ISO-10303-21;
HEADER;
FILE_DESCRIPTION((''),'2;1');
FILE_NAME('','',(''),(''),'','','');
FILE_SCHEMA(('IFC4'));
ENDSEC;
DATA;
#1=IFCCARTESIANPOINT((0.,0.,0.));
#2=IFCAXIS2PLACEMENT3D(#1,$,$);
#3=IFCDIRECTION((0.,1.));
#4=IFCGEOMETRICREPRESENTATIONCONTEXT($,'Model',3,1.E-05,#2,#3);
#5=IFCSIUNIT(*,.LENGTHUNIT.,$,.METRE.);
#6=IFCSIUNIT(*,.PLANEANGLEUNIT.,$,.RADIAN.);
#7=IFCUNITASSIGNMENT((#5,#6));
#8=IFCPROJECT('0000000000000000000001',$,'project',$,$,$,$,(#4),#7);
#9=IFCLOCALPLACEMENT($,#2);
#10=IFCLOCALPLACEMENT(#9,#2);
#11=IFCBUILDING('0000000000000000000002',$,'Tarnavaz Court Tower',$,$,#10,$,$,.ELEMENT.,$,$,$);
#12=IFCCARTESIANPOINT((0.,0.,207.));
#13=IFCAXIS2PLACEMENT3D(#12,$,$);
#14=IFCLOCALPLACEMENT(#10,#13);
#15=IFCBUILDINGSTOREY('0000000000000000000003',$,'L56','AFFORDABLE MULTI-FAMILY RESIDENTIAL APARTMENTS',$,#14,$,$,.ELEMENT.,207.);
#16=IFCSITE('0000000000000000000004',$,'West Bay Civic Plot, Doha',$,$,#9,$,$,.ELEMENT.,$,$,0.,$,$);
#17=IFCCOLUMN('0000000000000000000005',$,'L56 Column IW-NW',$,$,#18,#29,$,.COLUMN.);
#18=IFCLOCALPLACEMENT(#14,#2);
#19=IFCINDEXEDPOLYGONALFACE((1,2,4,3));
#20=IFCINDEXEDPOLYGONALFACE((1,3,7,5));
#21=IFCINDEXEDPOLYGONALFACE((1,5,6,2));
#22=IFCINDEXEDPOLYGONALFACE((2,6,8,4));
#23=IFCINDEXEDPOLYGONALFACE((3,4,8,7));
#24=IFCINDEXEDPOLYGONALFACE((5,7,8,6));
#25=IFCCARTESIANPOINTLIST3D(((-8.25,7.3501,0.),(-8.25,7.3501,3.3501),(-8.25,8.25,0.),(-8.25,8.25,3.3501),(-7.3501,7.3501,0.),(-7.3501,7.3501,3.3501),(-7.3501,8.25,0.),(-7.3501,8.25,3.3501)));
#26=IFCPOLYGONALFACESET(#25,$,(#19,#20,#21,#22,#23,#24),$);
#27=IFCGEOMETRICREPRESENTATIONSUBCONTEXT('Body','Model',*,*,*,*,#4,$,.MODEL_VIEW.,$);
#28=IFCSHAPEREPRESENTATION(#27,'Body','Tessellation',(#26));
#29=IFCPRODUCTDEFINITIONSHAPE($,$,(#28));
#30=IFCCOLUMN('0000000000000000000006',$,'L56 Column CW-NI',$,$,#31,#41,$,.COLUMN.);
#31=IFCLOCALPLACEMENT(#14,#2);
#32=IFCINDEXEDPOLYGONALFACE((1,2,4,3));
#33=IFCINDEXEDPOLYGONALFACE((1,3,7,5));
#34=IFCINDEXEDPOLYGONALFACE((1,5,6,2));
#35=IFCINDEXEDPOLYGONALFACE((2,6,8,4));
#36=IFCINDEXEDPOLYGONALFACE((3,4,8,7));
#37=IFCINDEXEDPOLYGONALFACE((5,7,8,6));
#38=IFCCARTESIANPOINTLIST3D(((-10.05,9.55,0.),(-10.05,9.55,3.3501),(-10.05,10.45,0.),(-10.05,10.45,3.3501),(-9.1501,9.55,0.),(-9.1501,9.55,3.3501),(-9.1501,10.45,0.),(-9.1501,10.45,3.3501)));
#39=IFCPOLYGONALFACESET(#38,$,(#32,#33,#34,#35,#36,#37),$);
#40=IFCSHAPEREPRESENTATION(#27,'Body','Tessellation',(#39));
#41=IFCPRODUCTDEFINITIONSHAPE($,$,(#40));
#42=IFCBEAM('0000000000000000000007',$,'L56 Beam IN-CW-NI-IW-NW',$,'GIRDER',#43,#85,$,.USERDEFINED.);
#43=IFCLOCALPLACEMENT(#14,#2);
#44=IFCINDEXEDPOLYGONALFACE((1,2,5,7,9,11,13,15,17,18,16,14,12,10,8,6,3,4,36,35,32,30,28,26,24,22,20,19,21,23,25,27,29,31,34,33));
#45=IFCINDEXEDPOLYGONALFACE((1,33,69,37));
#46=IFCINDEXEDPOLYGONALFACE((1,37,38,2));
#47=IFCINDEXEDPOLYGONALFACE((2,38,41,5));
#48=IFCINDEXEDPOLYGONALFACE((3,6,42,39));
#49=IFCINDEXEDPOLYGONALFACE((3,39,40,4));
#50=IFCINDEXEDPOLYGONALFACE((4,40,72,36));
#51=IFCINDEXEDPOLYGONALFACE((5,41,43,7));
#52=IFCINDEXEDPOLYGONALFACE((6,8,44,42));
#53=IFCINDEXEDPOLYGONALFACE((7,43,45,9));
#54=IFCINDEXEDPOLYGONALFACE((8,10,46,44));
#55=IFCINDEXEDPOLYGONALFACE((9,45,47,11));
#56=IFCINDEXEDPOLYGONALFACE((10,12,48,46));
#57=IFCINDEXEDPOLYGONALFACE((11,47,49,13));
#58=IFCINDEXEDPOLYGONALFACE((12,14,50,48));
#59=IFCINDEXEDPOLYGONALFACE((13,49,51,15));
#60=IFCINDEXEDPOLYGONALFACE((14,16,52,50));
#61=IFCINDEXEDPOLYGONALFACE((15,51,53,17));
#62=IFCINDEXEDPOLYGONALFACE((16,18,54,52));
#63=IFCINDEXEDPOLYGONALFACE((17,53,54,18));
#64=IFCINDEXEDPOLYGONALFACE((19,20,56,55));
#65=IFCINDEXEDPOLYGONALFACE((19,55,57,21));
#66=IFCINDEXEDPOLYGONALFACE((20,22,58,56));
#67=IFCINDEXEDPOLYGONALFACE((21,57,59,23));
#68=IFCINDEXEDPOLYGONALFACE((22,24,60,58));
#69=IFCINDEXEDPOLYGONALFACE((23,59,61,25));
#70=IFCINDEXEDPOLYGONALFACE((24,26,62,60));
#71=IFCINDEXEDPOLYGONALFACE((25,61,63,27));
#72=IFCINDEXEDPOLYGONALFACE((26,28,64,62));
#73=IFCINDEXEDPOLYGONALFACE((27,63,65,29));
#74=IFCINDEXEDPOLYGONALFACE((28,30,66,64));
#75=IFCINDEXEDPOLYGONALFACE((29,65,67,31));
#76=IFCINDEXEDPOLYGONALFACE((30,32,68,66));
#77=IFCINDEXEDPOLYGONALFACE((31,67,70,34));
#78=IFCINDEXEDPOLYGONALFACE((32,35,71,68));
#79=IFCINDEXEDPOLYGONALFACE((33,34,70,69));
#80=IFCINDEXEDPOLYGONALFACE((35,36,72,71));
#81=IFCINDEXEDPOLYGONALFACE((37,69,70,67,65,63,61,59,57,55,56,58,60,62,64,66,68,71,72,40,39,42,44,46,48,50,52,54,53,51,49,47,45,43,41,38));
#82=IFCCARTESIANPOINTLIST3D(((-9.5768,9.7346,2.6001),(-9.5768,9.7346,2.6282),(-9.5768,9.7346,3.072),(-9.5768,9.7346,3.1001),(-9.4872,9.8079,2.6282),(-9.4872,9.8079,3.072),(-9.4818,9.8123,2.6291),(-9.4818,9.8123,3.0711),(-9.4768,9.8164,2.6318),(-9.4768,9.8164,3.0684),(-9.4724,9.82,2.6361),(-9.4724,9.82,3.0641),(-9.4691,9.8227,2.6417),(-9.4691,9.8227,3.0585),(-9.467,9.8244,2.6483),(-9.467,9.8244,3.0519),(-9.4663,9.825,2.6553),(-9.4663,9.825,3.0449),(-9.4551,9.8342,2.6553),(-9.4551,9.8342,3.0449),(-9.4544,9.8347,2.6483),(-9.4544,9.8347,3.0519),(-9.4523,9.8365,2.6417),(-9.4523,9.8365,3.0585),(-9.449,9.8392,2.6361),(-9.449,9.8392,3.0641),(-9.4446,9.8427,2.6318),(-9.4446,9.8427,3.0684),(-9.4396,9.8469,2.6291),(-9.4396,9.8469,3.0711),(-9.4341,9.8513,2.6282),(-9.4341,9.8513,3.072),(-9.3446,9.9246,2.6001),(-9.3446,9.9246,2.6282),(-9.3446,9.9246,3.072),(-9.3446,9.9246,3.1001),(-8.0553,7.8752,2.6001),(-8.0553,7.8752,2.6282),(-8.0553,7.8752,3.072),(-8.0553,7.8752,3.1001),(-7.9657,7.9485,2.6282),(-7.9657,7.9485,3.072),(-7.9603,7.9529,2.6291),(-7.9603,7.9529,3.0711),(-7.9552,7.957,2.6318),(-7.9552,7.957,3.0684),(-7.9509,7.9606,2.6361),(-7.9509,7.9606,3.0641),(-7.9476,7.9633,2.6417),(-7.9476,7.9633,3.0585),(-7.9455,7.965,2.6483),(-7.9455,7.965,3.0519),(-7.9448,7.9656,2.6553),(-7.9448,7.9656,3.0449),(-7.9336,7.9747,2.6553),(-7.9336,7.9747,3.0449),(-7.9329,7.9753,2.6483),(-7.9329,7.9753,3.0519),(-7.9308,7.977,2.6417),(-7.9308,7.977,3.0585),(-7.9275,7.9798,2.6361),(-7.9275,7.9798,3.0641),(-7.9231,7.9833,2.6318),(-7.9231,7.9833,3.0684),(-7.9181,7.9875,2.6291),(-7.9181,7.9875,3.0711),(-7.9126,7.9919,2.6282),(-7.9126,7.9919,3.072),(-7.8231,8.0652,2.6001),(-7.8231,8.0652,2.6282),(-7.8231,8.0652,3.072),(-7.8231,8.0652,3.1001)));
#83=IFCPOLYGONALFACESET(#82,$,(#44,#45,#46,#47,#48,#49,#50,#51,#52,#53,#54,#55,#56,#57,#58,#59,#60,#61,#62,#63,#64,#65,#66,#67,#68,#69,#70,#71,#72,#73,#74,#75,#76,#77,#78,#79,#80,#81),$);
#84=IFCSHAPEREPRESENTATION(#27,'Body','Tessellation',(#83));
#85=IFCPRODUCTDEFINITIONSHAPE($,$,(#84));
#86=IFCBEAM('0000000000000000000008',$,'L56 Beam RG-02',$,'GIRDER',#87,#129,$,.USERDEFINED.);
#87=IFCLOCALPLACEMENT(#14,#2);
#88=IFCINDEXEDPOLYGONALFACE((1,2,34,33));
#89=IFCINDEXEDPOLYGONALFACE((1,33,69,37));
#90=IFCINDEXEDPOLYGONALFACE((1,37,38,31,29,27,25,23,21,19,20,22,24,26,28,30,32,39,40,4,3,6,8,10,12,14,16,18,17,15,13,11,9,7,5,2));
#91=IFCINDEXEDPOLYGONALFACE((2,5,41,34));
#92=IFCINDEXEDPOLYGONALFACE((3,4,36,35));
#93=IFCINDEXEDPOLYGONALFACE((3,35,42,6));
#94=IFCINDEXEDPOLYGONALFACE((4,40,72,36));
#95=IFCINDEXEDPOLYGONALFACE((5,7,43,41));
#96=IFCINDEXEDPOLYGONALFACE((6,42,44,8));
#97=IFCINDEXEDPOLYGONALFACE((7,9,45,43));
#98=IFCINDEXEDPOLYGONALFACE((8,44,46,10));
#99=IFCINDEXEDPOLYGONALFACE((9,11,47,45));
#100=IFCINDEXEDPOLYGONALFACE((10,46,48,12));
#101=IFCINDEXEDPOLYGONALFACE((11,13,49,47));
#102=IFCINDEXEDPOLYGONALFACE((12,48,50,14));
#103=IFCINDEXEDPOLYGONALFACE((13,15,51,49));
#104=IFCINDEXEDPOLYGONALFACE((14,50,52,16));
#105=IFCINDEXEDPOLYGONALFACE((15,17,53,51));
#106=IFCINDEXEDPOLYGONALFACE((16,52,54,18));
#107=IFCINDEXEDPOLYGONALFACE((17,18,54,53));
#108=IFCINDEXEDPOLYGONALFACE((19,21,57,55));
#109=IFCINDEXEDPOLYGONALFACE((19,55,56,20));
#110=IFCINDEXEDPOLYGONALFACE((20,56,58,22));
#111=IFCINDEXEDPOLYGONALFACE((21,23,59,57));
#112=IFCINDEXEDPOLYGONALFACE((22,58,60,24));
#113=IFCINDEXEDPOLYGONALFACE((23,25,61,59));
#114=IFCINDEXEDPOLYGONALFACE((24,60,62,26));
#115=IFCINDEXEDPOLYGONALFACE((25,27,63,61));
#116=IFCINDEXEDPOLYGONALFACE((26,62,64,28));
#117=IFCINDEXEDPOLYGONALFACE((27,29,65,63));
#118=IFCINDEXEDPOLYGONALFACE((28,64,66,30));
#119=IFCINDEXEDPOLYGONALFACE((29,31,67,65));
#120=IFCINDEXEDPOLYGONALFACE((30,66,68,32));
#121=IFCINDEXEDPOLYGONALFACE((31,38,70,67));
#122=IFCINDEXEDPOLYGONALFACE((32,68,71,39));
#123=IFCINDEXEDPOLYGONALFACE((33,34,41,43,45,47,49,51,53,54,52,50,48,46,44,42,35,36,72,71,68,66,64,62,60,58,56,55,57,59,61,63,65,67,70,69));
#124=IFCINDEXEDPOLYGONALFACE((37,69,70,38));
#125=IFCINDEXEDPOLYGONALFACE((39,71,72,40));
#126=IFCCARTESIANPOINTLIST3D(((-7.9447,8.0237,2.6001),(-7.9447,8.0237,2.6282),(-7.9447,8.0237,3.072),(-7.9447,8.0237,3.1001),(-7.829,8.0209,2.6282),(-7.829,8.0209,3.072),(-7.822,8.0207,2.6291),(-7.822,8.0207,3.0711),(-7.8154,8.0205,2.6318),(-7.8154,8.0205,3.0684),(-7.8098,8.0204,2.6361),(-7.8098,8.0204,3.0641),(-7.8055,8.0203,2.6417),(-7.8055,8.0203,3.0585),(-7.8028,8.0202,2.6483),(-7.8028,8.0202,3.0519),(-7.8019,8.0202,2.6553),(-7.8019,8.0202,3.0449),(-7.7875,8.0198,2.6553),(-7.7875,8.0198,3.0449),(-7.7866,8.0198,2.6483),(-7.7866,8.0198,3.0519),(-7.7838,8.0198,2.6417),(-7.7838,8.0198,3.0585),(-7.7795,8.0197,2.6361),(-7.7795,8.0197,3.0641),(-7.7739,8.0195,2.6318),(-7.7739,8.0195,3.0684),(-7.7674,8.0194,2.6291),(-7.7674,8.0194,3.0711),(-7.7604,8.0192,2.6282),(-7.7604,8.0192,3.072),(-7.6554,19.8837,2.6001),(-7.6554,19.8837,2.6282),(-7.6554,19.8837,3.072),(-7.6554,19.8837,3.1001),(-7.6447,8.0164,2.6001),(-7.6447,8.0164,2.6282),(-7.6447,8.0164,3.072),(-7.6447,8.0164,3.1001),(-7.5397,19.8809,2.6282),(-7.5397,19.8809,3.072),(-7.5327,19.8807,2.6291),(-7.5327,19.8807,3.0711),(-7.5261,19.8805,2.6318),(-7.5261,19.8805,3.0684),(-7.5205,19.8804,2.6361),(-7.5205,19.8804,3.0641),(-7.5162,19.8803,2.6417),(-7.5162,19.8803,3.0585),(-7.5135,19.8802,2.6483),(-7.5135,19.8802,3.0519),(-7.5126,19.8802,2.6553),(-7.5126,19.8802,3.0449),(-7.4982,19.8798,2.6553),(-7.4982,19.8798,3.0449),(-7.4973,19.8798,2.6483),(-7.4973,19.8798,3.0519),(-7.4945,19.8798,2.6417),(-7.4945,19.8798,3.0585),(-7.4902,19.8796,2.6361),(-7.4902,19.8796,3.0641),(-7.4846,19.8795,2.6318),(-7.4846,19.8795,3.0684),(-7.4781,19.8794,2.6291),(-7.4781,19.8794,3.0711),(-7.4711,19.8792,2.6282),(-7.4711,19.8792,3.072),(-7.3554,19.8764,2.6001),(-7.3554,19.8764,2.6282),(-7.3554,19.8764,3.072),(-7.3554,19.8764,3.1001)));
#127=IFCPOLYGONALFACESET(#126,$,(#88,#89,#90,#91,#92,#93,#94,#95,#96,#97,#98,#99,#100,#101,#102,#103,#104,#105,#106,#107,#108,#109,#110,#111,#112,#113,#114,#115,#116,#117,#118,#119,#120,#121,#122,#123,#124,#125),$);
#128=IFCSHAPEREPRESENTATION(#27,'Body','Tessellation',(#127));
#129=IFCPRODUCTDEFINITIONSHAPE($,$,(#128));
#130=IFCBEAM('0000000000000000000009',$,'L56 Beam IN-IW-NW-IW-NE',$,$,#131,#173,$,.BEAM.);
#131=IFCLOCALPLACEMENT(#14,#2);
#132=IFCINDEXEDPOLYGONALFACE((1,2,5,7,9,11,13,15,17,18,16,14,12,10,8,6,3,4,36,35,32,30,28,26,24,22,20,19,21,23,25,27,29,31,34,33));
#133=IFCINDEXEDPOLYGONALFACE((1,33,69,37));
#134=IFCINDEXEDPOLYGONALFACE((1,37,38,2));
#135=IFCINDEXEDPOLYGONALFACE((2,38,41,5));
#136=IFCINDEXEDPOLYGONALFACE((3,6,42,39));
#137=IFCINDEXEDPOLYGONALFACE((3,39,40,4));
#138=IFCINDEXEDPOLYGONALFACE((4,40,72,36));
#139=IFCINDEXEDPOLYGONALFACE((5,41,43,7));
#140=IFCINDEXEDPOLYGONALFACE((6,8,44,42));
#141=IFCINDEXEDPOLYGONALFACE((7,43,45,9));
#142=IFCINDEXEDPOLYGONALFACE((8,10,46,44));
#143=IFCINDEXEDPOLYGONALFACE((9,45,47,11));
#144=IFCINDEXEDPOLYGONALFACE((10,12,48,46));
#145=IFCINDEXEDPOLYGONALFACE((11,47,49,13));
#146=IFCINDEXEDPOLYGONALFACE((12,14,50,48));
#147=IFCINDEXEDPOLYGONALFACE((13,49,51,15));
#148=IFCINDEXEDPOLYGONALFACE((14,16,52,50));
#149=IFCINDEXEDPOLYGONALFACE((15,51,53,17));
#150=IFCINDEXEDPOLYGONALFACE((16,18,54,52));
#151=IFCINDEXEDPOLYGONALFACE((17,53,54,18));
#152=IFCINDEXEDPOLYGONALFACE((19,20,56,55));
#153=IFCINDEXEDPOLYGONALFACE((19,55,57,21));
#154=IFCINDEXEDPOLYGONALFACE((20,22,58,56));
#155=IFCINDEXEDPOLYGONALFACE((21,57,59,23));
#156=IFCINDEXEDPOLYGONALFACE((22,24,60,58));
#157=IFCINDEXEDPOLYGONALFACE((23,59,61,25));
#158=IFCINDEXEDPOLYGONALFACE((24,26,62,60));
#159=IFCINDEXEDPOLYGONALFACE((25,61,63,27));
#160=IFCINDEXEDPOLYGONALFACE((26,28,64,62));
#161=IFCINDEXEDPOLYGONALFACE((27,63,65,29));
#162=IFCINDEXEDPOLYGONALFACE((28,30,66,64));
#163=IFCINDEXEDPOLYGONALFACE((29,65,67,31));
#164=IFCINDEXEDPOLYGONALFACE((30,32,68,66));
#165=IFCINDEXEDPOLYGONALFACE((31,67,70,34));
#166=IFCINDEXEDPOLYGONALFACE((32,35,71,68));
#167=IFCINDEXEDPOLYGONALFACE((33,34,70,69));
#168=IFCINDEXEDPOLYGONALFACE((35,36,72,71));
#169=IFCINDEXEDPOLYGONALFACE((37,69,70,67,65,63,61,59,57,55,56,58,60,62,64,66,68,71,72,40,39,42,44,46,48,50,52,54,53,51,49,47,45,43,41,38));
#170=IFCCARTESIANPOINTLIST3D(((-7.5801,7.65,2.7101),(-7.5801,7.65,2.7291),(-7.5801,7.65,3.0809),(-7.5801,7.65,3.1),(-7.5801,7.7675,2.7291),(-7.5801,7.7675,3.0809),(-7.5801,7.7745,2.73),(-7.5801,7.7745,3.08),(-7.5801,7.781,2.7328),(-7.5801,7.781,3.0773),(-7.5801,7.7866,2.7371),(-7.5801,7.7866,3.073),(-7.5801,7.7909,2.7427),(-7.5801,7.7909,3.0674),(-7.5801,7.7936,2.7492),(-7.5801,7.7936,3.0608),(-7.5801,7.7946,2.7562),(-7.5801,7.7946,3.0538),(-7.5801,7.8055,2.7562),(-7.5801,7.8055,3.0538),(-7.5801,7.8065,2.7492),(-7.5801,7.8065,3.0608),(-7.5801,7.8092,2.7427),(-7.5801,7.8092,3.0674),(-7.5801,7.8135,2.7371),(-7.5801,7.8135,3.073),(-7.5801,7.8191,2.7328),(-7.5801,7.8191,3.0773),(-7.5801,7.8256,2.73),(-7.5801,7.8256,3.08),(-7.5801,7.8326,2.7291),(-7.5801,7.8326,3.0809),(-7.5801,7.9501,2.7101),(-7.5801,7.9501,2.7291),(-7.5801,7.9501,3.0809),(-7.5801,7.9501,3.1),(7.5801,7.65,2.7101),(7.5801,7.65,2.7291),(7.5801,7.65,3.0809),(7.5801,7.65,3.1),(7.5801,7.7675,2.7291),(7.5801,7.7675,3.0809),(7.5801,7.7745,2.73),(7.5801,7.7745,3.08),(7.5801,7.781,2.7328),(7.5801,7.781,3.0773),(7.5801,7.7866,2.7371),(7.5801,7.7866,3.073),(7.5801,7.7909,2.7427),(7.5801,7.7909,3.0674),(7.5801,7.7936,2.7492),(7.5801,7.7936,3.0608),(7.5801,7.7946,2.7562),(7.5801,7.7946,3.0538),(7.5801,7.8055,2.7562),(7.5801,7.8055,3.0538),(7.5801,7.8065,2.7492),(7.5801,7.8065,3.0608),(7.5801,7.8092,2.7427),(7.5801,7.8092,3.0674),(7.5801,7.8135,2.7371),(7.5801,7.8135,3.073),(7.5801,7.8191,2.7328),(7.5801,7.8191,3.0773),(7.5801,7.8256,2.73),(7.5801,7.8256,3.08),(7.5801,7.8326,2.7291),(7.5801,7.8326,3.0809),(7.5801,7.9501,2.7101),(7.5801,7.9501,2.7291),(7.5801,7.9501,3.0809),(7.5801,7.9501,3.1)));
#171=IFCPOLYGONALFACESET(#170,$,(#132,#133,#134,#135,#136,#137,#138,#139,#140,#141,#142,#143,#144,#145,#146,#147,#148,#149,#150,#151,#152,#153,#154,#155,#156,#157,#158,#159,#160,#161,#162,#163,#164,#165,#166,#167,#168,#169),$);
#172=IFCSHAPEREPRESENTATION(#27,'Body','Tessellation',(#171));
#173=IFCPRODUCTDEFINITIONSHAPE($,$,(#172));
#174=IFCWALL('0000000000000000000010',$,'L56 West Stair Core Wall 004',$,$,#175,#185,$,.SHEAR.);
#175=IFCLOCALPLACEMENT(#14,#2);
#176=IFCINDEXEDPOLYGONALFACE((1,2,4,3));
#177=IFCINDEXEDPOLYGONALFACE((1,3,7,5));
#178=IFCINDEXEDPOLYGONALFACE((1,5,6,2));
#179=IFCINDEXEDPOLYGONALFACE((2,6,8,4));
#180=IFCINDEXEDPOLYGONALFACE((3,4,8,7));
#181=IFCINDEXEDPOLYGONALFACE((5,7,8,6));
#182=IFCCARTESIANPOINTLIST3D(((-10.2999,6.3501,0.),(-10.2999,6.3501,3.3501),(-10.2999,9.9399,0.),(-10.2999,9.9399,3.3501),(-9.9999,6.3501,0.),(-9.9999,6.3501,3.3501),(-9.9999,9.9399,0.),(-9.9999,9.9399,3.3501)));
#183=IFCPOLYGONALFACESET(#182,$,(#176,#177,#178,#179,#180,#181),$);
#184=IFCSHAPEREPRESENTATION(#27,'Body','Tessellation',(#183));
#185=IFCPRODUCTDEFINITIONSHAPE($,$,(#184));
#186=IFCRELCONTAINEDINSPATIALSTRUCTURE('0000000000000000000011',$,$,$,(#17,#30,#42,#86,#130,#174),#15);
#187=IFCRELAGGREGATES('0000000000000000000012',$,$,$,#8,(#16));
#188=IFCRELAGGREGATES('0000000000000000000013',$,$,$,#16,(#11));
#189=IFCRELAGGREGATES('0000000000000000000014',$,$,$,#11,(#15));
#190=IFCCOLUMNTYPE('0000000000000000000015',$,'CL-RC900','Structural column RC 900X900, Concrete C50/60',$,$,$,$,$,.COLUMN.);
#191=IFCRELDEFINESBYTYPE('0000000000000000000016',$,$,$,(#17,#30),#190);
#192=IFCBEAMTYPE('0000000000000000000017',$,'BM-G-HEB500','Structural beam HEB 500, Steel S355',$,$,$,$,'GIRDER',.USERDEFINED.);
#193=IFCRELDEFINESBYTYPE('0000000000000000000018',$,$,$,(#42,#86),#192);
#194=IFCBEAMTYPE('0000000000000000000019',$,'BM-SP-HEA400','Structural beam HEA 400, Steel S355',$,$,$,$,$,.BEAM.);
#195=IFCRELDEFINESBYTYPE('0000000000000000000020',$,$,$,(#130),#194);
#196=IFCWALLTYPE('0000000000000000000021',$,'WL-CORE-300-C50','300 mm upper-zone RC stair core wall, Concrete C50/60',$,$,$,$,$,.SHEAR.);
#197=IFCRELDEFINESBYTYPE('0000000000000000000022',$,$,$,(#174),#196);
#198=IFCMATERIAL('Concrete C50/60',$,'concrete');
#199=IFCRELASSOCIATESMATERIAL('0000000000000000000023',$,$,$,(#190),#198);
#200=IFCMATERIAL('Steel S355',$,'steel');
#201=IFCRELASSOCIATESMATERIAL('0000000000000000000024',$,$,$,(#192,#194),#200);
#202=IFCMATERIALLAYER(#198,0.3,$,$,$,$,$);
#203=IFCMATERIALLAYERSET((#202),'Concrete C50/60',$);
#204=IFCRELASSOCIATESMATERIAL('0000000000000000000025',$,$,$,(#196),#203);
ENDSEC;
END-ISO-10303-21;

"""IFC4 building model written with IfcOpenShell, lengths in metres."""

from ifc_helpers import new_model, si_unit, direction, frame, frame_2d, origin, origin_2d, place, context, subcontext, project, spatial, rectangle, i_section, extrude, material, layer, layer_set, material_profile, profile_set, type_object, element, save


model = new_model("IFC4")

# Units and contexts
model_context = context("Model", 3, precision=1e-05, world=origin(), true_north=direction((0.0, 1.0)))
body_context = subcontext(model_context, "Body", "Model", "MODEL_VIEW")
ifc_project = project(units=[si_unit("LENGTHUNIT", "METRE"), si_unit("PLANEANGLEUNIT", "RADIAN")], contexts=[model_context])

# Site, building, storey
site_placement = place(None, origin())
site = spatial("IfcSite", under=ifc_project, at=site_placement, Name="West Bay Civic Plot, Doha", CompositionType="ELEMENT", RefElevation=0.0)
building_placement = place(site_placement, origin())
building = spatial("IfcBuilding", under=site, at=building_placement, Name="Tarnavaz Court Tower", CompositionType="ELEMENT")
storey_placement = place(building_placement, frame((0.0, 0.0, 207.0)))
storey = spatial("IfcBuildingStorey", under=building, at=storey_placement, Name="L56", Description="AFFORDABLE MULTI-FAMILY RESIDENTIAL APARTMENTS", CompositionType="ELEMENT", Elevation=207.0)

# Columns
ifc_material_1 = material(Name="Concrete C50/60", Category="concrete")
ifc_material_profile_1 = material_profile(ifc_material_1, rectangle(XDim=0.8999, YDim=0.8999, at=origin_2d()), Name="RC 900X900")
ifc_profile_set_1 = profile_set([ifc_material_profile_1], Name="Concrete C50/60")
column_type = type_object("IfcColumnType", Name="CL-RC900", Description="Structural column RC 900X900, Concrete C50/60", PredefinedType="COLUMN", material=ifc_profile_set_1)
for number, where, z_axis, x_axis, name in (
    (1, (-7.8, 7.8, 0.0), (0.0, 0.0, 1.0), (1.0, 0.0, 0.0), "L56 Column IW-NW"),
    (2, (-9.6001, 10.0, 0.0), (0.0, 0.0, 1.0), (1.0, 0.0, 0.0), "L56 Column CW-NI"),
):
    element("IfcColumn", number, at=place(storey_placement, frame(where, z_axis=z_axis, x_axis=x_axis)), inside=storey, type_object=column_type, Name=name, PredefinedType="COLUMN", context=body_context, shape_type="SweptSolid", body=[
        extrude(rectangle(XDim=0.8999, YDim=0.8999, at=origin_2d()), origin(), (0.0, 0.0, 1.0), 3.3501),
    ])

# Beams
ifc_material_2 = material(Name="Steel S355", Category="steel")
ifc_material_profile_2 = material_profile(ifc_material_2, i_section(OverallWidth=0.3, OverallDepth=0.5, WebThickness=0.0144, FlangeThickness=0.0281, FilletRadius=0.0271, at=origin_2d()), Name="HEB 500")
ifc_profile_set_2 = profile_set([ifc_material_profile_2], Name="Steel S355")
beam_type_1 = type_object("IfcBeamType", Name="BM-G-HEB500", Description="Structural beam HEB 500, Steel S355", ElementType="GIRDER", PredefinedType="USERDEFINED", material=ifc_profile_set_2)
beam_1_placement = place(storey_placement, frame((-9.4607, 9.8296, 2.8501), z_axis=(0.633282, -0.773921, 0.0), x_axis=(0.773921, 0.633282, 0.0)))
element("IfcBeam", 3, at=beam_1_placement, inside=storey, type_object=beam_type_1, Name="L56 Beam IN-CW-NI-IW-NW", ObjectType="GIRDER", PredefinedType="USERDEFINED", context=body_context, shape_type="SweptSolid", body=[
    extrude(i_section(OverallWidth=0.3, OverallDepth=0.5, WebThickness=0.0144, FlangeThickness=0.0281, FilletRadius=0.0271, at=origin_2d()), origin(), (0.0, 0.0, 1.0), 2.4026),
])
beam_2_placement = place(storey_placement, frame((-7.7947, 8.02, 2.8501), z_axis=(0.024386, 0.999703, 0.0), x_axis=(-0.999703, 0.024386, 0.0)))
element("IfcBeam", 4, at=beam_2_placement, inside=storey, type_object=beam_type_1, Name="L56 Beam RG-02", ObjectType="GIRDER", PredefinedType="USERDEFINED", context=body_context, shape_type="SweptSolid", body=[
    extrude(i_section(OverallWidth=0.3, OverallDepth=0.5, WebThickness=0.0144, FlangeThickness=0.0281, FilletRadius=0.0271, at=origin_2d()), origin(), (0.0, 0.0, 1.0), 11.8635),
])
ifc_material_profile_3 = material_profile(ifc_material_2, i_section(OverallWidth=0.3, OverallDepth=0.3899, WebThickness=0.011, FlangeThickness=0.019, FilletRadius=0.0271, at=origin_2d()), Name="HEA 400")
ifc_profile_set_3 = profile_set([ifc_material_profile_3], Name="Steel S355")
beam_type_2 = type_object("IfcBeamType", Name="BM-SP-HEA400", Description="Structural beam HEA 400, Steel S355", PredefinedType="BEAM", material=ifc_profile_set_3)
beam_3_placement = place(storey_placement, frame((-7.5801, 7.8, 2.905), z_axis=(1.0, 0.0, 0.0), x_axis=(0.0, 1.0, 0.0)))
element("IfcBeam", 5, at=beam_3_placement, inside=storey, type_object=beam_type_2, Name="L56 Beam IN-IW-NW-IW-NE", PredefinedType="BEAM", context=body_context, shape_type="SweptSolid", body=[
    extrude(i_section(OverallWidth=0.3, OverallDepth=0.3899, WebThickness=0.011, FlangeThickness=0.019, FilletRadius=0.0271, at=origin_2d()), origin(), (0.0, 0.0, 1.0), 15.1602),
])

# Wall
ifc_layer_1 = layer(ifc_material_1, 0.3)
ifc_layer_set_1 = layer_set([ifc_layer_1], Name="Concrete C50/60")
wall_type_1 = type_object("IfcWallType", Name="WL-CORE-300-C50", Description="300 mm upper-zone RC stair core wall, Concrete C50/60", PredefinedType="SHEAR", material=ifc_layer_set_1)
wall_1_placement = place(storey_placement, frame((-10.1499, 6.3501, 0.0), z_axis=(0.0, 0.0, 1.0), x_axis=(0.0, 1.0, 0.0)))
element("IfcWall", 6, at=wall_1_placement, inside=storey, type_object=wall_type_1, Name="L56 West Stair Core Wall 004", PredefinedType="SHEAR", context=body_context, shape_type="SweptSolid", body=[
    extrude(rectangle(XDim=3.5898, YDim=0.3, at=frame_2d((1.7949, 0.0))), origin(), (0.0, 0.0, 1.0), 3.3501),
])

save(model, "model.ifc")
